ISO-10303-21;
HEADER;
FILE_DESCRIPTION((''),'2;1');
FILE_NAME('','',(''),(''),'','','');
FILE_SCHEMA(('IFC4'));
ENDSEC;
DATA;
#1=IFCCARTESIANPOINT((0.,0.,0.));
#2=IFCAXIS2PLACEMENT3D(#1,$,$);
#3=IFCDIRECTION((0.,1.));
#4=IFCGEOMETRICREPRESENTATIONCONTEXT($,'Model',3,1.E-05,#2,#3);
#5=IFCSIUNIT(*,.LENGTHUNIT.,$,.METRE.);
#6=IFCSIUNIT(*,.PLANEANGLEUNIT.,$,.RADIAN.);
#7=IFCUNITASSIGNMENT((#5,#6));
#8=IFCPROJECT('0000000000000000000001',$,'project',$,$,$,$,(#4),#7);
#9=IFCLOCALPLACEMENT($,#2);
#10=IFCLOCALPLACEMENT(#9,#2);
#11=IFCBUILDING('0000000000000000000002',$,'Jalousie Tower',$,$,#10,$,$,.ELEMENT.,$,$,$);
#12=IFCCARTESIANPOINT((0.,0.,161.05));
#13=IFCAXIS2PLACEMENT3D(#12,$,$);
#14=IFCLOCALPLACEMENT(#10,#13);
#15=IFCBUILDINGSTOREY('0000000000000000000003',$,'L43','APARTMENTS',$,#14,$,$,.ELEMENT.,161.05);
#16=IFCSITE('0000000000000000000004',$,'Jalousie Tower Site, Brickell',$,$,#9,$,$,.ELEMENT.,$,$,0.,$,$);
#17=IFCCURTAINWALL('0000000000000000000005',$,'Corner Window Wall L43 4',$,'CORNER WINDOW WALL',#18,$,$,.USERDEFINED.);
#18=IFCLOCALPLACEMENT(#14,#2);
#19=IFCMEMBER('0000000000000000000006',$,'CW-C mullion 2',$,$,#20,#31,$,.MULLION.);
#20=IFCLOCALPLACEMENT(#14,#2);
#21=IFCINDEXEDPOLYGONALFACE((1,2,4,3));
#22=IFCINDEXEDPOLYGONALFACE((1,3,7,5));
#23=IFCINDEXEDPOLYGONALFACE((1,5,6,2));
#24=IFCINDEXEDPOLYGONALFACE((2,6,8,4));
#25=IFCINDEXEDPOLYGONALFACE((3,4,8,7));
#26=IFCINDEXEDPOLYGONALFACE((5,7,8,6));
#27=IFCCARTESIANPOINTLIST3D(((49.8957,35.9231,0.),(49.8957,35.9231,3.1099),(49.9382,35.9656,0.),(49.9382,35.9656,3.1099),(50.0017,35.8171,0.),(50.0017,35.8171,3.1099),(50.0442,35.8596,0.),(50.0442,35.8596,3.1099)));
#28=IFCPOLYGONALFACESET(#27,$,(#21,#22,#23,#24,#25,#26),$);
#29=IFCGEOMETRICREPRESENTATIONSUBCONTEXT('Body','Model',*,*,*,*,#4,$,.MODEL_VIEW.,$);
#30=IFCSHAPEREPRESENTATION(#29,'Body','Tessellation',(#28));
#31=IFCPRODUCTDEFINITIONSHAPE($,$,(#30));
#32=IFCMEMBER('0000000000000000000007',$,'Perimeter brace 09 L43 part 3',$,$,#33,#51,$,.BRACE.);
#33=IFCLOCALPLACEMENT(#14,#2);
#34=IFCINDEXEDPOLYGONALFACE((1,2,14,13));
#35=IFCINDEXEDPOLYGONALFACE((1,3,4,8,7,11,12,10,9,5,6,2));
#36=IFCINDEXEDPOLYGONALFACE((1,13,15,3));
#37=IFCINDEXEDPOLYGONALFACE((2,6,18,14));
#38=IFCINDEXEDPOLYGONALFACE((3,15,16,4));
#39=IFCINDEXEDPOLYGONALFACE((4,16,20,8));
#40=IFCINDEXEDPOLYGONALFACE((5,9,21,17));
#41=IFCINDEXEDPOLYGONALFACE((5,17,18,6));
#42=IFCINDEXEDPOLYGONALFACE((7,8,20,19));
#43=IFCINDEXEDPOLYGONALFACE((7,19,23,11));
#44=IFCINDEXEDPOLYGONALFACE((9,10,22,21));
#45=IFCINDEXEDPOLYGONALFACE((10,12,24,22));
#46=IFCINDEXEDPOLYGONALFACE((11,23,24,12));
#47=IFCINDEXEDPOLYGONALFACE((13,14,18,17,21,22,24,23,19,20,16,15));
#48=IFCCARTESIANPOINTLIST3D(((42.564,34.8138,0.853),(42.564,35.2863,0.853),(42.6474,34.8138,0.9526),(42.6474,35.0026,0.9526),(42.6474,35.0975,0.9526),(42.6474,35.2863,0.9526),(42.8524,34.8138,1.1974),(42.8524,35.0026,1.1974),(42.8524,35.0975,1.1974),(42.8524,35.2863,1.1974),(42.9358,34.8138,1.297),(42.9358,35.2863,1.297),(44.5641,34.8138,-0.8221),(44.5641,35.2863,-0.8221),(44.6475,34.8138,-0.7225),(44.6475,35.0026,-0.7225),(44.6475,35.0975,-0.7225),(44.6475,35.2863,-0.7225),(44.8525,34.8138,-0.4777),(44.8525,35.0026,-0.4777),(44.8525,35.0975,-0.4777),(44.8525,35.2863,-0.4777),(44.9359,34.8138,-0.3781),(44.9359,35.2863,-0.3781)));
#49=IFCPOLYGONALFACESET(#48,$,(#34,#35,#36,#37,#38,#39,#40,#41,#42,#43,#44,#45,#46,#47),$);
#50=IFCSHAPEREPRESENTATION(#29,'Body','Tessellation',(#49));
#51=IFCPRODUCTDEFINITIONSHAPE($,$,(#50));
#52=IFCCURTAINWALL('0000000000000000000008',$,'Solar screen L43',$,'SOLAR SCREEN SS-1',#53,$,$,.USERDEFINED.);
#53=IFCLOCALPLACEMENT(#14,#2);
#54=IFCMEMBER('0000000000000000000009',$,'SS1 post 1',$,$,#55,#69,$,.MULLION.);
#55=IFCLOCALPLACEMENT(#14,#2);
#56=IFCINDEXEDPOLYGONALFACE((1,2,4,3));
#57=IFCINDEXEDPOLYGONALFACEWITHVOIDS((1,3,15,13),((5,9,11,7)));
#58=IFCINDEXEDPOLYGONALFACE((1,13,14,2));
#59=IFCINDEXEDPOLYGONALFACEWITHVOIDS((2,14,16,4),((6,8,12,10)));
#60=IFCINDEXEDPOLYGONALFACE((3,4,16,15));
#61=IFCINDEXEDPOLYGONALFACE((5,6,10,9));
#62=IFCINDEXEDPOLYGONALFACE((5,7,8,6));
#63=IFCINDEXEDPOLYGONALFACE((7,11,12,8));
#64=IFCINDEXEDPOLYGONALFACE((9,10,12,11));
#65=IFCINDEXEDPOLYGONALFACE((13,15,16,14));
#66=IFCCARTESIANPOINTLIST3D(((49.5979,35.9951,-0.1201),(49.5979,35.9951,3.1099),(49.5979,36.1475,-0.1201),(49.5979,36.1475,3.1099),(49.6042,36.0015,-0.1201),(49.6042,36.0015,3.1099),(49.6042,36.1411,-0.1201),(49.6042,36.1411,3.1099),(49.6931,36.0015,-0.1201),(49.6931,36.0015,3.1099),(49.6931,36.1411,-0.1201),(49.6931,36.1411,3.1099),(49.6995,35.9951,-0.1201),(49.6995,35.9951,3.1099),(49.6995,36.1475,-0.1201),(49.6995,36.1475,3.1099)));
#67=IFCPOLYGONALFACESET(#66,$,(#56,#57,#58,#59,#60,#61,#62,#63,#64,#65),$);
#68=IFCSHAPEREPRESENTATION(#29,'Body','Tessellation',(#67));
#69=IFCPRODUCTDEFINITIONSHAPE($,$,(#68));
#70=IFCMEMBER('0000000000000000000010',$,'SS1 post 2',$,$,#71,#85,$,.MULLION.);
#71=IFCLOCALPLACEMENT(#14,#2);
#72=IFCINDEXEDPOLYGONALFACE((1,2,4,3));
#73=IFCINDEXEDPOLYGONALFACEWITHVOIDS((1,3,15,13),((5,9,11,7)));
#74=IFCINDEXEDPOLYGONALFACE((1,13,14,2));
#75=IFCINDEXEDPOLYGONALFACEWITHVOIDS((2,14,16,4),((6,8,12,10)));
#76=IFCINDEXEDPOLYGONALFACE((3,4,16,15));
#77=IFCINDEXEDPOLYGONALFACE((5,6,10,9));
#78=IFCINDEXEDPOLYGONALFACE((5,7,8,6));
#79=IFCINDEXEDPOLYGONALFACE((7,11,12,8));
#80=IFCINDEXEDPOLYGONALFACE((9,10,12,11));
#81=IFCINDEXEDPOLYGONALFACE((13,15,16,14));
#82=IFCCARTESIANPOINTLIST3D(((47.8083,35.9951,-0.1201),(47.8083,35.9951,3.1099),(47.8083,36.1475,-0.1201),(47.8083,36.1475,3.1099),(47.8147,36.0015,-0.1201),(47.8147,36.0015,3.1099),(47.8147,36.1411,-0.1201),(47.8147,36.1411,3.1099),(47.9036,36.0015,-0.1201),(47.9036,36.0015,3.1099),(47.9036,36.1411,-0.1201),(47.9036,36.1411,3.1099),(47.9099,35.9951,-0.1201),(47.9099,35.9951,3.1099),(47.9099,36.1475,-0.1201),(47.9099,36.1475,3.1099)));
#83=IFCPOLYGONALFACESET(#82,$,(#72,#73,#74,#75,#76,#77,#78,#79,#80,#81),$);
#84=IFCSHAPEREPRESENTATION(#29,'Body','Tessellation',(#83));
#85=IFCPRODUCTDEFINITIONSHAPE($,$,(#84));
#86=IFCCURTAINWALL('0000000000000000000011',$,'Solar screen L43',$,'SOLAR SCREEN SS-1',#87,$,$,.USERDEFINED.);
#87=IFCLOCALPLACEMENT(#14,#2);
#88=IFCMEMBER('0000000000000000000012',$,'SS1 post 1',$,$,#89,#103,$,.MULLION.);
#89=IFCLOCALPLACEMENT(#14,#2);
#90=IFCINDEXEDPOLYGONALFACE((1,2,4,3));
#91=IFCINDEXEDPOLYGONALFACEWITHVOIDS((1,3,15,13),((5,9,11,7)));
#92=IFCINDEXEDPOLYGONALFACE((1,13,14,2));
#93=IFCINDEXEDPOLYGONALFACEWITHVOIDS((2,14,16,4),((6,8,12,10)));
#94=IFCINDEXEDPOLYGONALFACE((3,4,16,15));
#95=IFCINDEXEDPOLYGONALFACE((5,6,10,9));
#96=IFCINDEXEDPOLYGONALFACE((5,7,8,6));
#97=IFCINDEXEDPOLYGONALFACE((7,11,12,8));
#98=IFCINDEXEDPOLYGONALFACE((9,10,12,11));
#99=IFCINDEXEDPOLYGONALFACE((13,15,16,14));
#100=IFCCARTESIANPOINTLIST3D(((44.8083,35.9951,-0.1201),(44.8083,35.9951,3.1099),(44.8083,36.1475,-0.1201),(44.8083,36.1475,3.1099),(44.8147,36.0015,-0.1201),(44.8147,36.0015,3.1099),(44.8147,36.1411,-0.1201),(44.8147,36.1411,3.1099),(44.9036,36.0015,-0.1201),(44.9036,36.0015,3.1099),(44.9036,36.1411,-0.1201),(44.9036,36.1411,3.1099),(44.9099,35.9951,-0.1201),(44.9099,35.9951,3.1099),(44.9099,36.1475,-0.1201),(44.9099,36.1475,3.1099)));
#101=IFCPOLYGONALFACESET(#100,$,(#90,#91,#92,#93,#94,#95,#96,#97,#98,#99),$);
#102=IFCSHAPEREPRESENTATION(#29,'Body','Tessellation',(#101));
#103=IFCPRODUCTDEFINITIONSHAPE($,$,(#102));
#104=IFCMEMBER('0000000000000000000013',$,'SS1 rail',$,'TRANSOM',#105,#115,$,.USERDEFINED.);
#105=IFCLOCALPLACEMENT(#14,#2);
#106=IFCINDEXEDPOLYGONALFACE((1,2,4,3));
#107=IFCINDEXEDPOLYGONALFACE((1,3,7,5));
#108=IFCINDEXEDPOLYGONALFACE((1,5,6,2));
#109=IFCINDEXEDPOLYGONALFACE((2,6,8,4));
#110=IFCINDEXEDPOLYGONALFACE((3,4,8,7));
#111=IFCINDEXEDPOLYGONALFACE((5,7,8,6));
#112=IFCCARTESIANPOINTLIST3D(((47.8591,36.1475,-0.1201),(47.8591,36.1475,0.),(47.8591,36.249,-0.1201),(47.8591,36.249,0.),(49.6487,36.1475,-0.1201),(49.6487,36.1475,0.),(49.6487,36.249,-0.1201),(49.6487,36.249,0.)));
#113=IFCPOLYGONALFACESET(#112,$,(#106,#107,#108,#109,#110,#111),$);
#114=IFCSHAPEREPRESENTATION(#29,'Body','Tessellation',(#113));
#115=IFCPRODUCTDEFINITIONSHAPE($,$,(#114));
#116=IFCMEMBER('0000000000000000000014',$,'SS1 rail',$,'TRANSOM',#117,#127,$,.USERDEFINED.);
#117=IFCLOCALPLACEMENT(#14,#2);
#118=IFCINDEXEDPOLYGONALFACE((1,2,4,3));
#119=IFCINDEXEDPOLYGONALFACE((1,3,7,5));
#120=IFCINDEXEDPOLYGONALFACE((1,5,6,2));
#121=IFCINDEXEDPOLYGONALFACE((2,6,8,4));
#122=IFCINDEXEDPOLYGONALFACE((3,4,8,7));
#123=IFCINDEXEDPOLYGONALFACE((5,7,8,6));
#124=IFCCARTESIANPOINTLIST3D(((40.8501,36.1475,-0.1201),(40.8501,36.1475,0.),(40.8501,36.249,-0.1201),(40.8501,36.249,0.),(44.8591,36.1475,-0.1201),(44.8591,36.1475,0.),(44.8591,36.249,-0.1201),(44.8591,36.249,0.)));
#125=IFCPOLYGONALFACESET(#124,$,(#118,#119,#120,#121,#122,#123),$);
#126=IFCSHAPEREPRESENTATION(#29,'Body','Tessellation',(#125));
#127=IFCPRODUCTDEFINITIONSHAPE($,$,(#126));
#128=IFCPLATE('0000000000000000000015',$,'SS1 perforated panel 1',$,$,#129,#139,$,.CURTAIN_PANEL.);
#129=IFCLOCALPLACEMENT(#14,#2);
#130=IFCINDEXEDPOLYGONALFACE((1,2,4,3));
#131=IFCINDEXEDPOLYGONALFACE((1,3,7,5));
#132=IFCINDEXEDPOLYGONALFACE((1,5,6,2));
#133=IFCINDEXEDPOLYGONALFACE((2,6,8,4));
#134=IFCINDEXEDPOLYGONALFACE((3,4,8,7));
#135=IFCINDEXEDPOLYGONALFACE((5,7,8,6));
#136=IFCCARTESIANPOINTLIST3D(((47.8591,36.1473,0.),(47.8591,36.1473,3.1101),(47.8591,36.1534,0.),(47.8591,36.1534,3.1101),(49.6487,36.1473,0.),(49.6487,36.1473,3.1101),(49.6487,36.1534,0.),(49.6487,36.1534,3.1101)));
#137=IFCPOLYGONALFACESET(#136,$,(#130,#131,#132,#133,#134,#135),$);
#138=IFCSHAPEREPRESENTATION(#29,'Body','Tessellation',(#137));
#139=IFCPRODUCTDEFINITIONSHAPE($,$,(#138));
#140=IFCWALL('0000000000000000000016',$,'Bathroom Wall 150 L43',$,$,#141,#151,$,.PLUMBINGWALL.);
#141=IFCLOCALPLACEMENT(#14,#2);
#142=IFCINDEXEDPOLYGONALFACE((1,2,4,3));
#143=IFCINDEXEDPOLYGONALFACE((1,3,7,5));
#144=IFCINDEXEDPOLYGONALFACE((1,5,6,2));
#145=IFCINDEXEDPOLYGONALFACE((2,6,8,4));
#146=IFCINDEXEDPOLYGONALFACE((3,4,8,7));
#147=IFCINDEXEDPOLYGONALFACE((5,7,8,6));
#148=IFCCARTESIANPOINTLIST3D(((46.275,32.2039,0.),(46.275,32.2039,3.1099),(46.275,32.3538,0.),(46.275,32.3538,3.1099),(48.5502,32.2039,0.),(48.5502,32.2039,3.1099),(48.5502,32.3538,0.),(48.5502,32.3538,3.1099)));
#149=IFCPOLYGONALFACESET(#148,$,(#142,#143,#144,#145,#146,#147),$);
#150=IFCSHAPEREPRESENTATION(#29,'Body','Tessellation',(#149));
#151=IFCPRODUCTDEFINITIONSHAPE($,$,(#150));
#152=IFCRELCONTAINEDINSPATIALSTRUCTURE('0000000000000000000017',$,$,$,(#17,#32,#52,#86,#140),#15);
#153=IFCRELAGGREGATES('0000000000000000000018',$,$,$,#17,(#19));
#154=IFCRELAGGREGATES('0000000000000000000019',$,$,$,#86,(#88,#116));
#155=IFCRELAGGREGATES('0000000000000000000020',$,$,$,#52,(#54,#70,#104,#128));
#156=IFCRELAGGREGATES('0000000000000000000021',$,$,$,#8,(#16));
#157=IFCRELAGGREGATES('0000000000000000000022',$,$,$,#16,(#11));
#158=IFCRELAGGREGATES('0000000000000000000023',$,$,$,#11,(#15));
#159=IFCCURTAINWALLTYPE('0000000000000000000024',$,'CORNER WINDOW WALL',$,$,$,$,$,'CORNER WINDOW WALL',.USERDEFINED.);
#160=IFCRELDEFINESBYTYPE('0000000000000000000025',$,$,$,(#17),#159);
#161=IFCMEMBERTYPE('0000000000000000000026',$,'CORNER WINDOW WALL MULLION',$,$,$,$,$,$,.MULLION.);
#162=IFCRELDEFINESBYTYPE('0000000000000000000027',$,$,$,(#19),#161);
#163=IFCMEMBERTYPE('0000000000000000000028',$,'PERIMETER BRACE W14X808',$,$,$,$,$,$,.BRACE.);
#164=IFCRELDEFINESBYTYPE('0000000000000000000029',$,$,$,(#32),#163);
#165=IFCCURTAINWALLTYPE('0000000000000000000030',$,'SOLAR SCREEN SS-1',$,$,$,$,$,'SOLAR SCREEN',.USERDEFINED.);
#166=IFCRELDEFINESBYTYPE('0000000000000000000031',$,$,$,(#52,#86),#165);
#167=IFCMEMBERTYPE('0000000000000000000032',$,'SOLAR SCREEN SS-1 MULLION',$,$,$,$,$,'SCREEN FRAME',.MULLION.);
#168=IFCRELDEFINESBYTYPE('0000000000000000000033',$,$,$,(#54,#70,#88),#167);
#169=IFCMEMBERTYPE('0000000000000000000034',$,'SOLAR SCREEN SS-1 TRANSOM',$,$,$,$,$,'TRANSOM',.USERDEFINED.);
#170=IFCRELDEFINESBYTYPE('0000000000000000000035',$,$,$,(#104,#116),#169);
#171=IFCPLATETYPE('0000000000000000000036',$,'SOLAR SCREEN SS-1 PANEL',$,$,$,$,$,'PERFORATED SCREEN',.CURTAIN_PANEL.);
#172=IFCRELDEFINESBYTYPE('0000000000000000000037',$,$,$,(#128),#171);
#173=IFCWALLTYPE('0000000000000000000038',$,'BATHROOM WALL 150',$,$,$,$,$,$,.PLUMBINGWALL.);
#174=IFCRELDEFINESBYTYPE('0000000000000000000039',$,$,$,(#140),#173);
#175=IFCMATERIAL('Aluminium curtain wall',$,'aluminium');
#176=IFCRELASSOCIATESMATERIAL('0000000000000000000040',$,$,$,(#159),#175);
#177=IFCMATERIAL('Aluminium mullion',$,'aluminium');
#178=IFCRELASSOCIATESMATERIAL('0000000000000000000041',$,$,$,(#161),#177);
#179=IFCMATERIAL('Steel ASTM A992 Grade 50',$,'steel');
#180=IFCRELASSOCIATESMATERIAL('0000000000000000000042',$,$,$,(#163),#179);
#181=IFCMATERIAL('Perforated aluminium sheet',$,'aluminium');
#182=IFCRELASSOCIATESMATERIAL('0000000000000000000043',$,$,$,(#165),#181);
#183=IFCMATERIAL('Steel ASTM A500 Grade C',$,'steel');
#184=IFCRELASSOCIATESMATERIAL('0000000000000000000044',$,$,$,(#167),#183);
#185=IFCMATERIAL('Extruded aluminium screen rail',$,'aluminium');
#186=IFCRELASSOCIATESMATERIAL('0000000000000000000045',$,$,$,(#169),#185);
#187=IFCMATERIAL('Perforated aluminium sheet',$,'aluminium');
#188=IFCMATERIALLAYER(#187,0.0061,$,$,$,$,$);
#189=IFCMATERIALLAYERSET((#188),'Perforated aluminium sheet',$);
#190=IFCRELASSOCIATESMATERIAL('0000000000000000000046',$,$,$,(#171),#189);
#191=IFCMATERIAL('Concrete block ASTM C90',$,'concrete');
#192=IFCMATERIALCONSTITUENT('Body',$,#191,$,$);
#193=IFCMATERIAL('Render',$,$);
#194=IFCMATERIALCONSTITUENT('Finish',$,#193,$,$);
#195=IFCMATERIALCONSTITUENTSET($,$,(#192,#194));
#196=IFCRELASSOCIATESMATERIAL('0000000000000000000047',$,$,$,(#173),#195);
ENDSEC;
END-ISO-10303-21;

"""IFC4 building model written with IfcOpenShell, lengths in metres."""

from ifc_helpers import new_model, si_unit, direction, frame, frame_2d, origin, origin_2d, place, context, subcontext, project, spatial, rectangle, hollow_rectangle, i_section, extrude, material, layer, layer_set, constituent, constituent_set, material_profile, profile_set, type_object, element, aggregate, save


model = new_model("IFC4")

# Units and contexts
model_context = context("Model", 3, precision=1e-05, world=origin(), true_north=direction((0.0, 1.0)))
body_context = subcontext(model_context, "Body", "Model", "MODEL_VIEW")
ifc_project = project(units=[si_unit("LENGTHUNIT", "METRE"), si_unit("PLANEANGLEUNIT", "RADIAN")], contexts=[model_context])

# Site, building, storey
site_placement = place(None, origin())
site = spatial("IfcSite", under=ifc_project, at=site_placement, Name="Jalousie Tower Site, Brickell", CompositionType="ELEMENT", RefElevation=0.0)
building_placement = place(site_placement, origin())
building = spatial("IfcBuilding", under=site, at=building_placement, Name="Jalousie Tower", CompositionType="ELEMENT")
storey_placement = place(building_placement, frame((0.0, 0.0, 161.05)))
storey = spatial("IfcBuildingStorey", under=building, at=storey_placement, Name="L43", Description="APARTMENTS", CompositionType="ELEMENT", Elevation=161.05)

# Curtain wall, member
ifc_material_1 = material(Name="Aluminium curtain wall", Category="aluminium")
curtain_wall_type_1 = type_object("IfcCurtainWallType", Name="CORNER WINDOW WALL", ElementType="CORNER WINDOW WALL", PredefinedType="USERDEFINED", material=ifc_material_1)
curtain_wall_1_placement = place(storey_placement, origin())
curtain_wall_1 = element("IfcCurtainWall", 1, at=curtain_wall_1_placement, inside=storey, type_object=curtain_wall_type_1, Name="Corner Window Wall L43 4", ObjectType="CORNER WINDOW WALL", PredefinedType="USERDEFINED")
ifc_material_2 = material(Name="Aluminium mullion", Category="aluminium")
ifc_material_profile_1 = material_profile(ifc_material_2, rectangle(XDim=0.0601, YDim=0.1499, at=origin_2d()), Name="MULLION 60x150")
ifc_profile_set_1 = profile_set([ifc_material_profile_1], Name="Aluminium mullion")
member_type_1 = type_object("IfcMemberType", Name="CORNER WINDOW WALL MULLION", PredefinedType="MULLION", material=ifc_profile_set_1)
member_1_placement = place(storey_placement, frame((49.97, 35.8914, 0.0), z_axis=(0.0, 0.0, 1.0), x_axis=(-0.707107, -0.707107, 0.0)))
member_1 = element("IfcMember", 2, at=member_1_placement, type_object=member_type_1, Name="CW-C mullion 2", PredefinedType="MULLION", context=body_context, shape_type="SweptSolid", body=[
    extrude(rectangle(XDim=0.0601, YDim=0.1499, at=origin_2d()), origin(), (0.0, 0.0, 1.0), 3.1099),
])
aggregate(curtain_wall_1, [member_1])

# Member
ifc_material_3 = material(Name="Steel ASTM A992 Grade 50", Category="steel")
ifc_material_profile_2 = material_profile(ifc_material_3, i_section(OverallWidth=0.4724, OverallDepth=0.5791, WebThickness=0.095, FlangeThickness=0.1299, at=origin_2d()), Name="W14X808")
ifc_profile_set_2 = profile_set([ifc_material_profile_2], Name="Steel ASTM A992 Grade 50")
member_type_2 = type_object("IfcMemberType", Name="PERIMETER BRACE W14X808", PredefinedType="BRACE", material=ifc_profile_set_2)
member_2_placement = place(storey_placement, frame((44.75, 35.05, -0.6001), z_axis=(-0.766639, 0.0, 0.642079), x_axis=(0.0, -1.0, 0.0)))
element("IfcMember", 3, at=member_2_placement, inside=storey, type_object=member_type_2, Name="Perimeter brace 09 L43 part 3", PredefinedType="BRACE", context=body_context, shape_type="SweptSolid", body=[
    extrude(i_section(OverallWidth=0.4724, OverallDepth=0.5791, WebThickness=0.095, FlangeThickness=0.1299, at=origin_2d()), origin(), (0.0, 0.0, 1.0), 2.6089),
])

# Curtain wall, members
ifc_material_4 = material(Name="Perforated aluminium sheet", Category="aluminium")
curtain_wall_type_2 = type_object("IfcCurtainWallType", Name="SOLAR SCREEN SS-1", ElementType="SOLAR SCREEN", PredefinedType="USERDEFINED", material=ifc_material_4)
curtain_wall_2_placement = place(storey_placement, origin())
curtain_wall_2 = element("IfcCurtainWall", 4, at=curtain_wall_2_placement, inside=storey, type_object=curtain_wall_type_2, Name="Solar screen L43", ObjectType="SOLAR SCREEN SS-1", PredefinedType="USERDEFINED")
ifc_material_5 = material(Name="Steel ASTM A500 Grade C", Category="steel")
ifc_material_profile_3 = material_profile(ifc_material_5, hollow_rectangle(XDim=0.1016, YDim=0.1523, WallThickness=0.0063, at=origin_2d()), Name="HSS6X4X1/4")
ifc_profile_set_3 = profile_set([ifc_material_profile_3], Name="Steel ASTM A500 Grade C")
member_type_3 = type_object("IfcMemberType", Name="SOLAR SCREEN SS-1 MULLION", ElementType="SCREEN FRAME", PredefinedType="MULLION", material=ifc_profile_set_3)
member_3_placement = place(storey_placement, frame((49.6487, 36.0713, -0.1201), z_axis=(0.0, 0.0, 1.0), x_axis=(-1.0, 0.0, 0.0)))
member_3 = element("IfcMember", 5, at=member_3_placement, type_object=member_type_3, Name="SS1 post 1", PredefinedType="MULLION", context=body_context, shape_type="SweptSolid", body=[
    extrude(hollow_rectangle(XDim=0.1016, YDim=0.1523, WallThickness=0.0063, at=origin_2d()), origin(), (0.0, 0.0, 1.0), 3.23),
])
member_4_placement = place(storey_placement, frame((47.8591, 36.0713, -0.1201), z_axis=(0.0, 0.0, 1.0), x_axis=(-1.0, 0.0, 0.0)))
member_4 = element("IfcMember", 6, at=member_4_placement, type_object=member_type_3, Name="SS1 post 2", PredefinedType="MULLION", context=body_context, shape_type="SweptSolid", body=[
    extrude(hollow_rectangle(XDim=0.1016, YDim=0.1523, WallThickness=0.0063, at=origin_2d()), origin(), (0.0, 0.0, 1.0), 3.23),
])

# Curtain wall, member
curtain_wall_3_placement = place(storey_placement, origin())
curtain_wall_3 = element("IfcCurtainWall", 7, at=curtain_wall_3_placement, inside=storey, type_object=curtain_wall_type_2, Name="Solar screen L43", ObjectType="SOLAR SCREEN SS-1", PredefinedType="USERDEFINED")
member_5_placement = place(storey_placement, frame((44.8591, 36.0713, -0.1201), z_axis=(0.0, 0.0, 1.0), x_axis=(-1.0, 0.0, 0.0)))
member_5 = element("IfcMember", 8, at=member_5_placement, type_object=member_type_3, Name="SS1 post 1", PredefinedType="MULLION", context=body_context, shape_type="SweptSolid", body=[
    extrude(hollow_rectangle(XDim=0.1016, YDim=0.1523, WallThickness=0.0063, at=origin_2d()), origin(), (0.0, 0.0, 1.0), 3.23),
])

# Members
ifc_material_6 = material(Name="Extruded aluminium screen rail", Category="aluminium")
ifc_material_profile_4 = material_profile(ifc_material_6, rectangle(XDim=0.1016, YDim=0.1201, at=origin_2d()), Name="RAIL 102x120")
ifc_profile_set_4 = profile_set([ifc_material_profile_4], Name="Extruded aluminium screen rail")
member_type_4 = type_object("IfcMemberType", Name="SOLAR SCREEN SS-1 TRANSOM", ElementType="TRANSOM", PredefinedType="USERDEFINED", material=ifc_profile_set_4)
member_6_placement = place(storey_placement, frame((49.6487, 36.1982, -0.0601), z_axis=(-1.0, 0.0, 0.0), x_axis=(0.0, -1.0, 0.0)))
member_6 = element("IfcMember", 9, at=member_6_placement, type_object=member_type_4, Name="SS1 rail", ObjectType="TRANSOM", PredefinedType="USERDEFINED", context=body_context, shape_type="SweptSolid", body=[
    extrude(rectangle(XDim=0.1016, YDim=0.1201, at=origin_2d()), origin(), (0.0, 0.0, 1.0), 1.7896),
])
member_7_placement = place(storey_placement, frame((44.8591, 36.1982, -0.0601), z_axis=(-1.0, 0.0, 0.0), x_axis=(0.0, -1.0, 0.0)))
member_7 = element("IfcMember", 10, at=member_7_placement, type_object=member_type_4, Name="SS1 rail", ObjectType="TRANSOM", PredefinedType="USERDEFINED", context=body_context, shape_type="SweptSolid", body=[
    extrude(rectangle(XDim=0.1016, YDim=0.1201, at=origin_2d()), origin(), (0.0, 0.0, 1.0), 4.009),
])
aggregate(curtain_wall_3, [member_5, member_7])

# Plate
ifc_material_7 = material(Name="Perforated aluminium sheet", Category="aluminium")
ifc_layer = layer(ifc_material_7, 0.0061)
ifc_layer_set = layer_set([ifc_layer], Name="Perforated aluminium sheet")
plate_type = type_object("IfcPlateType", Name="SOLAR SCREEN SS-1 PANEL", ElementType="PERFORATED SCREEN", PredefinedType="CURTAIN_PANEL", material=ifc_layer_set)
plate_placement = place(storey_placement, frame((48.7539, 36.1504, 0.0), z_axis=(0.0, 0.0, 1.0), x_axis=(-1.0, 0.0, 0.0)))
plate = element("IfcPlate", 11, at=plate_placement, type_object=plate_type, Name="SS1 perforated panel 1", PredefinedType="CURTAIN_PANEL", context=body_context, shape_type="SweptSolid", body=[
    extrude(rectangle(XDim=1.7896, YDim=0.0061, at=origin_2d()), origin(), (0.0, 0.0, 1.0), 3.1101),
])
aggregate(curtain_wall_2, [member_3, member_4, member_6, plate])

# Wall
ifc_material_8 = material(Name="Concrete block ASTM C90", Category="concrete")
ifc_constituent_1 = constituent(ifc_material_8, Name="Body")
ifc_material_9 = material(Name="Render")
ifc_constituent_2 = constituent(ifc_material_9, Name="Finish")
ifc_constituent_set_1 = constituent_set(constituents=[ifc_constituent_1, ifc_constituent_2])
wall_type_1 = type_object("IfcWallType", Name="BATHROOM WALL 150", PredefinedType="PLUMBINGWALL", material=ifc_constituent_set_1)
wall_1_placement = place(storey_placement, frame((46.2749, 32.2788, 0.0), z_axis=(0.0, 0.0, 1.0), x_axis=(1.0, 0.0, 0.0)))
element("IfcWall", 12, at=wall_1_placement, inside=storey, type_object=wall_type_1, Name="Bathroom Wall 150 L43", PredefinedType="PLUMBINGWALL", context=body_context, shape_type="SweptSolid", body=[
    extrude(rectangle(XDim=2.2751, YDim=0.1499, at=frame_2d((1.1377, 0.0))), origin(), (0.0, 0.0, 1.0), 3.1099),
])

save(model, "model.ifc")
